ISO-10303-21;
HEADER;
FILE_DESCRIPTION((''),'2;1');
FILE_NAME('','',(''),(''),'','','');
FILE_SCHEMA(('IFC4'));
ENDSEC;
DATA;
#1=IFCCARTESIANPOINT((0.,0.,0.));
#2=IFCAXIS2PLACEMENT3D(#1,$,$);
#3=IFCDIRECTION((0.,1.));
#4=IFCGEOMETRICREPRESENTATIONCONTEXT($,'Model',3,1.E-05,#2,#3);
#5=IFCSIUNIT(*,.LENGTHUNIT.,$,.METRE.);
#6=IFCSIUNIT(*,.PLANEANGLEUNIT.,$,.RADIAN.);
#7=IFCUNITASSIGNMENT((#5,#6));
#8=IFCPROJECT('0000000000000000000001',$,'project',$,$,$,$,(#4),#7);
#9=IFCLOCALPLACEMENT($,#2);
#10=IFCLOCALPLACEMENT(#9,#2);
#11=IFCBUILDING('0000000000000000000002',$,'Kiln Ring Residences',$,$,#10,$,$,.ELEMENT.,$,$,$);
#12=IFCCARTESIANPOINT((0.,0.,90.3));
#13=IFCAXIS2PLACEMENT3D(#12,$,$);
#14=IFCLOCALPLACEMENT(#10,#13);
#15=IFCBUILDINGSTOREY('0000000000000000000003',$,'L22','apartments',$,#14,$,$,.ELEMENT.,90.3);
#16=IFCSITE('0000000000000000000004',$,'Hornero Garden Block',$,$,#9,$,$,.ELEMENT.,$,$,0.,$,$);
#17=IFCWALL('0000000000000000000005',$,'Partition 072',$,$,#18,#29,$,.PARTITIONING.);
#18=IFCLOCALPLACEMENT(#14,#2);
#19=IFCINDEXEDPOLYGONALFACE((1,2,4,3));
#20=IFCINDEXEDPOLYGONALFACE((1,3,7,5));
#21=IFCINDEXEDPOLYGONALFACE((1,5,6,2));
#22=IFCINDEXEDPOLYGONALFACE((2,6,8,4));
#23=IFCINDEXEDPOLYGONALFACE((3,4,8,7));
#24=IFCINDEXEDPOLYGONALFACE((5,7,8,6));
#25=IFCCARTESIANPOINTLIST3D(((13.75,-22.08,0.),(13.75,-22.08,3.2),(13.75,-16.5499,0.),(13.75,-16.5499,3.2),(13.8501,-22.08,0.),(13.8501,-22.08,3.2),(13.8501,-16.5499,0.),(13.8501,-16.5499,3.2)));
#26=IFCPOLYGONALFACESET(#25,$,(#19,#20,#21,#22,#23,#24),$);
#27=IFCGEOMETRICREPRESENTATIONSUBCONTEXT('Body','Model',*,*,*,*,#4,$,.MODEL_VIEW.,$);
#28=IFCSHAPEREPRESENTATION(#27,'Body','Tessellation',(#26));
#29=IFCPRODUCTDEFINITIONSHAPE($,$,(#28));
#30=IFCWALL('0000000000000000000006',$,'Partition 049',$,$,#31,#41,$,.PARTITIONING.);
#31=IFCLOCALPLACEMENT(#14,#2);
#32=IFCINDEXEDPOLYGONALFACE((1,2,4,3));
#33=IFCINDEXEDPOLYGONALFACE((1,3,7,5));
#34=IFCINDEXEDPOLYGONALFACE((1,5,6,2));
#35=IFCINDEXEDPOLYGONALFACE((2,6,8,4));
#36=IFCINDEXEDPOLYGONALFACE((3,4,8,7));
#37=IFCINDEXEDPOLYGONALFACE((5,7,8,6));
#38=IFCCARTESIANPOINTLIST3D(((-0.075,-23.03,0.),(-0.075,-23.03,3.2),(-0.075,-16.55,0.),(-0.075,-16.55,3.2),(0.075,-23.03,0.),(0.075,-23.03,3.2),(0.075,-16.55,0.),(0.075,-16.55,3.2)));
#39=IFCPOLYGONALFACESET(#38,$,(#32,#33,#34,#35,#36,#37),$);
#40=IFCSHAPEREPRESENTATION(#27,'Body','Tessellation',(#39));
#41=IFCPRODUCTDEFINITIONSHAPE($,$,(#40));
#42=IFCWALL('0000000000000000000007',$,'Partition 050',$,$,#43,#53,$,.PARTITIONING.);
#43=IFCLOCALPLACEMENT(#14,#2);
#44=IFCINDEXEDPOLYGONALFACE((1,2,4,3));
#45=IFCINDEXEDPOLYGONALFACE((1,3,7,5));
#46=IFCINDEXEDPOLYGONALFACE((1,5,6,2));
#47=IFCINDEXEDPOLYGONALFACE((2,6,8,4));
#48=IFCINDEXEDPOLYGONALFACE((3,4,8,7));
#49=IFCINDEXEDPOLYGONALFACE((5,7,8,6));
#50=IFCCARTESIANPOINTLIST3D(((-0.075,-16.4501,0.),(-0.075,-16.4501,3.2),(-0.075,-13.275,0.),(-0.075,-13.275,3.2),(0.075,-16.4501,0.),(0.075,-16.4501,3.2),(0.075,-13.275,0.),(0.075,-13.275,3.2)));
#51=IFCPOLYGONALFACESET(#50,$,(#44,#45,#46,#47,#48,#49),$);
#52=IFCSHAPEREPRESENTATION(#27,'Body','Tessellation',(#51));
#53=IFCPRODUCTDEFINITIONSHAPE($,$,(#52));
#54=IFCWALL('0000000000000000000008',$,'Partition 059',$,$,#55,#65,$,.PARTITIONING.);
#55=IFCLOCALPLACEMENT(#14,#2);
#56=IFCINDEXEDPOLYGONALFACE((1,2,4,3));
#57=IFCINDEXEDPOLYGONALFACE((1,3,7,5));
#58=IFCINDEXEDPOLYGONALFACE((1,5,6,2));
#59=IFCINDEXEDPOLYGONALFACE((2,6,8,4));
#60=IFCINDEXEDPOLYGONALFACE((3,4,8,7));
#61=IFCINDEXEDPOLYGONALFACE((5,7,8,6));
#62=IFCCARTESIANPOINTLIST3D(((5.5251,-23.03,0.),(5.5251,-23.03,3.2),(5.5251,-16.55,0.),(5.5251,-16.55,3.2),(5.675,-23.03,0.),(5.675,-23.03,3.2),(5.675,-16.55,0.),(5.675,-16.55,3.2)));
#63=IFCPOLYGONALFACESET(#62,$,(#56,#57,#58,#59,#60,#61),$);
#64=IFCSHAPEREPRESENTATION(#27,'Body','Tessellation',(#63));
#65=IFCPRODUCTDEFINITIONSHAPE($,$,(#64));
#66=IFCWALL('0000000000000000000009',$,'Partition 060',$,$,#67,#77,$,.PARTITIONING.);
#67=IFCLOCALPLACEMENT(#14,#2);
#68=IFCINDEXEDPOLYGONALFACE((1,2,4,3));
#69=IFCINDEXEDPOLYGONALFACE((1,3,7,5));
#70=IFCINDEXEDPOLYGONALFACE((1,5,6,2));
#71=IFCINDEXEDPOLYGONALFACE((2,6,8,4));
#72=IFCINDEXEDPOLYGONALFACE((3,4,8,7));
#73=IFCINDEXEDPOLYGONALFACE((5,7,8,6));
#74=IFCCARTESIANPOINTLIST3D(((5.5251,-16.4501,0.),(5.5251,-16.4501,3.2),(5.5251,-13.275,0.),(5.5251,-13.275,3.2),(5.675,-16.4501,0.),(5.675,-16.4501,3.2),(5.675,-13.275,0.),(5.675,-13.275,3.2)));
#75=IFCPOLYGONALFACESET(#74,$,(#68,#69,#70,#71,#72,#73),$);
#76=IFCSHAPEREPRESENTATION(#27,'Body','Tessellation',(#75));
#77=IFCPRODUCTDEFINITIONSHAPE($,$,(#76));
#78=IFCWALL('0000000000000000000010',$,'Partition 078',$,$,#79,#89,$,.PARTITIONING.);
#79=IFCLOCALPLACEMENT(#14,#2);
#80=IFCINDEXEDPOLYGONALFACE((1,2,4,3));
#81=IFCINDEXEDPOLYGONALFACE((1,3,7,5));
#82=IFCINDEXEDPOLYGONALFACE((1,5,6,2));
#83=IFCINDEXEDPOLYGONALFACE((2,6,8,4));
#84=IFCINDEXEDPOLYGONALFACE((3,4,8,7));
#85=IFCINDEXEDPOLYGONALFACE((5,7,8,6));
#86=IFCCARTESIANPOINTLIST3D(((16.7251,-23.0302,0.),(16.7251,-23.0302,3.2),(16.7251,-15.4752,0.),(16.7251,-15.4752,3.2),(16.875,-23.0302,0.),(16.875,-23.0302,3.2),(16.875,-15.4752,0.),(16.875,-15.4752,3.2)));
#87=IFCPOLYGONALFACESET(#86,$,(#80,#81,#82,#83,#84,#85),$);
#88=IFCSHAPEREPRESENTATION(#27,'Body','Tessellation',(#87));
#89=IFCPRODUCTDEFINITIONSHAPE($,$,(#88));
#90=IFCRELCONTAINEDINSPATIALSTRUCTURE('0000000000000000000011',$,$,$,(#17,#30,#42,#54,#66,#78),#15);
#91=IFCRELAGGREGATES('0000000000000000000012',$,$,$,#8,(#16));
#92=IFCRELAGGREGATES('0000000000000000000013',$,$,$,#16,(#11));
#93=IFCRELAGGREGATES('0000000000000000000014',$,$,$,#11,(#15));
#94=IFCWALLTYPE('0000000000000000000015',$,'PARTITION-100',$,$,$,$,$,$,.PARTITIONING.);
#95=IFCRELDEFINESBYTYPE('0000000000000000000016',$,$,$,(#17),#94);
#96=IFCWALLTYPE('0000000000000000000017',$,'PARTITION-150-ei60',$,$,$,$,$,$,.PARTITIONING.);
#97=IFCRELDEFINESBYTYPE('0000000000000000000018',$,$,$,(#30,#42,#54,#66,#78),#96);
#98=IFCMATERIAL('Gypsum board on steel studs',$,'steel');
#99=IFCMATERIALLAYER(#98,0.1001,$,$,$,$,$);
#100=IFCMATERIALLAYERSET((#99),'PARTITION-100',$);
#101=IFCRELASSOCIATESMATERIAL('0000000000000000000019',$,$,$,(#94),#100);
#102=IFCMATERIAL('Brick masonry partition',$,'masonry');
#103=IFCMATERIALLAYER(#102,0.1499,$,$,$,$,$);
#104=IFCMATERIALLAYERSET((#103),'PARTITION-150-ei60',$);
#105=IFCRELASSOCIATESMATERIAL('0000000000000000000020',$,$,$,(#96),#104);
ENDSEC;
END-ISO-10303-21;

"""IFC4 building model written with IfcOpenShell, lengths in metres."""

from ifc_helpers import new_model, si_unit, direction, frame, frame_2d, origin, place, context, subcontext, project, spatial, rectangle, extrude, material, layer, layer_set, type_object, element, save


model = new_model("IFC4")

# Units and contexts
model_context = context("Model", 3, precision=1e-05, world=origin(), true_north=direction((0.0, 1.0)))
body_context = subcontext(model_context, "Body", "Model", "MODEL_VIEW")
ifc_project = project(units=[si_unit("LENGTHUNIT", "METRE"), si_unit("PLANEANGLEUNIT", "RADIAN")], contexts=[model_context])

# Site, building, storey
site_placement = place(None, origin())
site = spatial("IfcSite", under=ifc_project, at=site_placement, Name="Hornero Garden Block", CompositionType="ELEMENT", RefElevation=0.0)
building_placement = place(site_placement, origin())
building = spatial("IfcBuilding", under=site, at=building_placement, Name="Kiln Ring Residences", CompositionType="ELEMENT")
storey_placement = place(building_placement, frame((0.0, 0.0, 90.3)))
storey = spatial("IfcBuildingStorey", under=building, at=storey_placement, Name="L22", Description="apartments", CompositionType="ELEMENT", Elevation=90.3)

# Shared definitions
ifc_material_1 = material(Name="Gypsum board on steel studs", Category="steel")
ifc_layer_1 = layer(ifc_material_1, 0.1001)
ifc_layer_set_1 = layer_set([ifc_layer_1], Name="PARTITION-100")
wall_type_1 = type_object("IfcWallType", Name="PARTITION-100", PredefinedType="PARTITIONING", material=ifc_layer_set_1)

# Walls
wall_1_placement = place(storey_placement, frame((13.8, -22.0801, 0.0), z_axis=(0.0, 0.0, 1.0), x_axis=(0.0, 1.0, 0.0)))
element("IfcWall", 1, at=wall_1_placement, inside=storey, type_object=wall_type_1, Name="Partition 072", PredefinedType="PARTITIONING", context=body_context, shape_type="SweptSolid", body=[
    extrude(rectangle(XDim=5.53, YDim=0.1001, at=frame_2d((2.7651, 0.0))), origin(), (0.0, 0.0, 1.0), 3.2),
])
ifc_material_2 = material(Name="Brick masonry partition", Category="masonry")
ifc_layer_2 = layer(ifc_material_2, 0.1499)
ifc_layer_set_2 = layer_set([ifc_layer_2], Name="PARTITION-150-ei60")
wall_type_2 = type_object("IfcWallType", Name="PARTITION-150-ei60", PredefinedType="PARTITIONING", material=ifc_layer_set_2)
wall_2_placement = place(storey_placement, frame((0.0, -23.03, 0.0), z_axis=(0.0, 0.0, 1.0), x_axis=(0.0, 1.0, 0.0)))
element("IfcWall", 2, at=wall_2_placement, inside=storey, type_object=wall_type_2, Name="Partition 049", PredefinedType="PARTITIONING", context=body_context, shape_type="SweptSolid", body=[
    extrude(rectangle(XDim=6.48, YDim=0.1499, at=frame_2d((3.24, 0.0))), origin(), (0.0, 0.0, 1.0), 3.2),
])
wall_3_placement = place(storey_placement, frame((0.0, -16.45, 0.0), z_axis=(0.0, 0.0, 1.0), x_axis=(0.0, 1.0, 0.0)))
element("IfcWall", 3, at=wall_3_placement, inside=storey, type_object=wall_type_2, Name="Partition 050", PredefinedType="PARTITIONING", context=body_context, shape_type="SweptSolid", body=[
    extrude(rectangle(XDim=3.175, YDim=0.1499, at=frame_2d((1.5874, 0.0))), origin(), (0.0, 0.0, 1.0), 3.2),
])
wall_4_placement = place(storey_placement, frame((5.6001, -23.03, 0.0), z_axis=(0.0, 0.0, 1.0), x_axis=(0.0, 1.0, 0.0)))
element("IfcWall", 4, at=wall_4_placement, inside=storey, type_object=wall_type_2, Name="Partition 059", PredefinedType="PARTITIONING", context=body_context, shape_type="SweptSolid", body=[
    extrude(rectangle(XDim=6.48, YDim=0.1499, at=frame_2d((3.24, 0.0))), origin(), (0.0, 0.0, 1.0), 3.2),
])
wall_5_placement = place(storey_placement, frame((5.6001, -16.45, 0.0), z_axis=(0.0, 0.0, 1.0), x_axis=(0.0, 1.0, 0.0)))
element("IfcWall", 5, at=wall_5_placement, inside=storey, type_object=wall_type_2, Name="Partition 060", PredefinedType="PARTITIONING", context=body_context, shape_type="SweptSolid", body=[
    extrude(rectangle(XDim=3.175, YDim=0.1499, at=frame_2d((1.5874, 0.0))), origin(), (0.0, 0.0, 1.0), 3.2),
])
wall_6_placement = place(storey_placement, frame((16.8, -23.03, 0.0), z_axis=(0.0, 0.0, 1.0), x_axis=(0.0, 1.0, 0.0)))
element("IfcWall", 6, at=wall_6_placement, inside=storey, type_object=wall_type_2, Name="Partition 078", PredefinedType="PARTITIONING", context=body_context, shape_type="SweptSolid", body=[
    extrude(rectangle(XDim=7.5549, YDim=0.1499, at=frame_2d((3.7773, 0.0))), origin(), (0.0, 0.0, 1.0), 3.2),
])

save(model, "model.ifc")
